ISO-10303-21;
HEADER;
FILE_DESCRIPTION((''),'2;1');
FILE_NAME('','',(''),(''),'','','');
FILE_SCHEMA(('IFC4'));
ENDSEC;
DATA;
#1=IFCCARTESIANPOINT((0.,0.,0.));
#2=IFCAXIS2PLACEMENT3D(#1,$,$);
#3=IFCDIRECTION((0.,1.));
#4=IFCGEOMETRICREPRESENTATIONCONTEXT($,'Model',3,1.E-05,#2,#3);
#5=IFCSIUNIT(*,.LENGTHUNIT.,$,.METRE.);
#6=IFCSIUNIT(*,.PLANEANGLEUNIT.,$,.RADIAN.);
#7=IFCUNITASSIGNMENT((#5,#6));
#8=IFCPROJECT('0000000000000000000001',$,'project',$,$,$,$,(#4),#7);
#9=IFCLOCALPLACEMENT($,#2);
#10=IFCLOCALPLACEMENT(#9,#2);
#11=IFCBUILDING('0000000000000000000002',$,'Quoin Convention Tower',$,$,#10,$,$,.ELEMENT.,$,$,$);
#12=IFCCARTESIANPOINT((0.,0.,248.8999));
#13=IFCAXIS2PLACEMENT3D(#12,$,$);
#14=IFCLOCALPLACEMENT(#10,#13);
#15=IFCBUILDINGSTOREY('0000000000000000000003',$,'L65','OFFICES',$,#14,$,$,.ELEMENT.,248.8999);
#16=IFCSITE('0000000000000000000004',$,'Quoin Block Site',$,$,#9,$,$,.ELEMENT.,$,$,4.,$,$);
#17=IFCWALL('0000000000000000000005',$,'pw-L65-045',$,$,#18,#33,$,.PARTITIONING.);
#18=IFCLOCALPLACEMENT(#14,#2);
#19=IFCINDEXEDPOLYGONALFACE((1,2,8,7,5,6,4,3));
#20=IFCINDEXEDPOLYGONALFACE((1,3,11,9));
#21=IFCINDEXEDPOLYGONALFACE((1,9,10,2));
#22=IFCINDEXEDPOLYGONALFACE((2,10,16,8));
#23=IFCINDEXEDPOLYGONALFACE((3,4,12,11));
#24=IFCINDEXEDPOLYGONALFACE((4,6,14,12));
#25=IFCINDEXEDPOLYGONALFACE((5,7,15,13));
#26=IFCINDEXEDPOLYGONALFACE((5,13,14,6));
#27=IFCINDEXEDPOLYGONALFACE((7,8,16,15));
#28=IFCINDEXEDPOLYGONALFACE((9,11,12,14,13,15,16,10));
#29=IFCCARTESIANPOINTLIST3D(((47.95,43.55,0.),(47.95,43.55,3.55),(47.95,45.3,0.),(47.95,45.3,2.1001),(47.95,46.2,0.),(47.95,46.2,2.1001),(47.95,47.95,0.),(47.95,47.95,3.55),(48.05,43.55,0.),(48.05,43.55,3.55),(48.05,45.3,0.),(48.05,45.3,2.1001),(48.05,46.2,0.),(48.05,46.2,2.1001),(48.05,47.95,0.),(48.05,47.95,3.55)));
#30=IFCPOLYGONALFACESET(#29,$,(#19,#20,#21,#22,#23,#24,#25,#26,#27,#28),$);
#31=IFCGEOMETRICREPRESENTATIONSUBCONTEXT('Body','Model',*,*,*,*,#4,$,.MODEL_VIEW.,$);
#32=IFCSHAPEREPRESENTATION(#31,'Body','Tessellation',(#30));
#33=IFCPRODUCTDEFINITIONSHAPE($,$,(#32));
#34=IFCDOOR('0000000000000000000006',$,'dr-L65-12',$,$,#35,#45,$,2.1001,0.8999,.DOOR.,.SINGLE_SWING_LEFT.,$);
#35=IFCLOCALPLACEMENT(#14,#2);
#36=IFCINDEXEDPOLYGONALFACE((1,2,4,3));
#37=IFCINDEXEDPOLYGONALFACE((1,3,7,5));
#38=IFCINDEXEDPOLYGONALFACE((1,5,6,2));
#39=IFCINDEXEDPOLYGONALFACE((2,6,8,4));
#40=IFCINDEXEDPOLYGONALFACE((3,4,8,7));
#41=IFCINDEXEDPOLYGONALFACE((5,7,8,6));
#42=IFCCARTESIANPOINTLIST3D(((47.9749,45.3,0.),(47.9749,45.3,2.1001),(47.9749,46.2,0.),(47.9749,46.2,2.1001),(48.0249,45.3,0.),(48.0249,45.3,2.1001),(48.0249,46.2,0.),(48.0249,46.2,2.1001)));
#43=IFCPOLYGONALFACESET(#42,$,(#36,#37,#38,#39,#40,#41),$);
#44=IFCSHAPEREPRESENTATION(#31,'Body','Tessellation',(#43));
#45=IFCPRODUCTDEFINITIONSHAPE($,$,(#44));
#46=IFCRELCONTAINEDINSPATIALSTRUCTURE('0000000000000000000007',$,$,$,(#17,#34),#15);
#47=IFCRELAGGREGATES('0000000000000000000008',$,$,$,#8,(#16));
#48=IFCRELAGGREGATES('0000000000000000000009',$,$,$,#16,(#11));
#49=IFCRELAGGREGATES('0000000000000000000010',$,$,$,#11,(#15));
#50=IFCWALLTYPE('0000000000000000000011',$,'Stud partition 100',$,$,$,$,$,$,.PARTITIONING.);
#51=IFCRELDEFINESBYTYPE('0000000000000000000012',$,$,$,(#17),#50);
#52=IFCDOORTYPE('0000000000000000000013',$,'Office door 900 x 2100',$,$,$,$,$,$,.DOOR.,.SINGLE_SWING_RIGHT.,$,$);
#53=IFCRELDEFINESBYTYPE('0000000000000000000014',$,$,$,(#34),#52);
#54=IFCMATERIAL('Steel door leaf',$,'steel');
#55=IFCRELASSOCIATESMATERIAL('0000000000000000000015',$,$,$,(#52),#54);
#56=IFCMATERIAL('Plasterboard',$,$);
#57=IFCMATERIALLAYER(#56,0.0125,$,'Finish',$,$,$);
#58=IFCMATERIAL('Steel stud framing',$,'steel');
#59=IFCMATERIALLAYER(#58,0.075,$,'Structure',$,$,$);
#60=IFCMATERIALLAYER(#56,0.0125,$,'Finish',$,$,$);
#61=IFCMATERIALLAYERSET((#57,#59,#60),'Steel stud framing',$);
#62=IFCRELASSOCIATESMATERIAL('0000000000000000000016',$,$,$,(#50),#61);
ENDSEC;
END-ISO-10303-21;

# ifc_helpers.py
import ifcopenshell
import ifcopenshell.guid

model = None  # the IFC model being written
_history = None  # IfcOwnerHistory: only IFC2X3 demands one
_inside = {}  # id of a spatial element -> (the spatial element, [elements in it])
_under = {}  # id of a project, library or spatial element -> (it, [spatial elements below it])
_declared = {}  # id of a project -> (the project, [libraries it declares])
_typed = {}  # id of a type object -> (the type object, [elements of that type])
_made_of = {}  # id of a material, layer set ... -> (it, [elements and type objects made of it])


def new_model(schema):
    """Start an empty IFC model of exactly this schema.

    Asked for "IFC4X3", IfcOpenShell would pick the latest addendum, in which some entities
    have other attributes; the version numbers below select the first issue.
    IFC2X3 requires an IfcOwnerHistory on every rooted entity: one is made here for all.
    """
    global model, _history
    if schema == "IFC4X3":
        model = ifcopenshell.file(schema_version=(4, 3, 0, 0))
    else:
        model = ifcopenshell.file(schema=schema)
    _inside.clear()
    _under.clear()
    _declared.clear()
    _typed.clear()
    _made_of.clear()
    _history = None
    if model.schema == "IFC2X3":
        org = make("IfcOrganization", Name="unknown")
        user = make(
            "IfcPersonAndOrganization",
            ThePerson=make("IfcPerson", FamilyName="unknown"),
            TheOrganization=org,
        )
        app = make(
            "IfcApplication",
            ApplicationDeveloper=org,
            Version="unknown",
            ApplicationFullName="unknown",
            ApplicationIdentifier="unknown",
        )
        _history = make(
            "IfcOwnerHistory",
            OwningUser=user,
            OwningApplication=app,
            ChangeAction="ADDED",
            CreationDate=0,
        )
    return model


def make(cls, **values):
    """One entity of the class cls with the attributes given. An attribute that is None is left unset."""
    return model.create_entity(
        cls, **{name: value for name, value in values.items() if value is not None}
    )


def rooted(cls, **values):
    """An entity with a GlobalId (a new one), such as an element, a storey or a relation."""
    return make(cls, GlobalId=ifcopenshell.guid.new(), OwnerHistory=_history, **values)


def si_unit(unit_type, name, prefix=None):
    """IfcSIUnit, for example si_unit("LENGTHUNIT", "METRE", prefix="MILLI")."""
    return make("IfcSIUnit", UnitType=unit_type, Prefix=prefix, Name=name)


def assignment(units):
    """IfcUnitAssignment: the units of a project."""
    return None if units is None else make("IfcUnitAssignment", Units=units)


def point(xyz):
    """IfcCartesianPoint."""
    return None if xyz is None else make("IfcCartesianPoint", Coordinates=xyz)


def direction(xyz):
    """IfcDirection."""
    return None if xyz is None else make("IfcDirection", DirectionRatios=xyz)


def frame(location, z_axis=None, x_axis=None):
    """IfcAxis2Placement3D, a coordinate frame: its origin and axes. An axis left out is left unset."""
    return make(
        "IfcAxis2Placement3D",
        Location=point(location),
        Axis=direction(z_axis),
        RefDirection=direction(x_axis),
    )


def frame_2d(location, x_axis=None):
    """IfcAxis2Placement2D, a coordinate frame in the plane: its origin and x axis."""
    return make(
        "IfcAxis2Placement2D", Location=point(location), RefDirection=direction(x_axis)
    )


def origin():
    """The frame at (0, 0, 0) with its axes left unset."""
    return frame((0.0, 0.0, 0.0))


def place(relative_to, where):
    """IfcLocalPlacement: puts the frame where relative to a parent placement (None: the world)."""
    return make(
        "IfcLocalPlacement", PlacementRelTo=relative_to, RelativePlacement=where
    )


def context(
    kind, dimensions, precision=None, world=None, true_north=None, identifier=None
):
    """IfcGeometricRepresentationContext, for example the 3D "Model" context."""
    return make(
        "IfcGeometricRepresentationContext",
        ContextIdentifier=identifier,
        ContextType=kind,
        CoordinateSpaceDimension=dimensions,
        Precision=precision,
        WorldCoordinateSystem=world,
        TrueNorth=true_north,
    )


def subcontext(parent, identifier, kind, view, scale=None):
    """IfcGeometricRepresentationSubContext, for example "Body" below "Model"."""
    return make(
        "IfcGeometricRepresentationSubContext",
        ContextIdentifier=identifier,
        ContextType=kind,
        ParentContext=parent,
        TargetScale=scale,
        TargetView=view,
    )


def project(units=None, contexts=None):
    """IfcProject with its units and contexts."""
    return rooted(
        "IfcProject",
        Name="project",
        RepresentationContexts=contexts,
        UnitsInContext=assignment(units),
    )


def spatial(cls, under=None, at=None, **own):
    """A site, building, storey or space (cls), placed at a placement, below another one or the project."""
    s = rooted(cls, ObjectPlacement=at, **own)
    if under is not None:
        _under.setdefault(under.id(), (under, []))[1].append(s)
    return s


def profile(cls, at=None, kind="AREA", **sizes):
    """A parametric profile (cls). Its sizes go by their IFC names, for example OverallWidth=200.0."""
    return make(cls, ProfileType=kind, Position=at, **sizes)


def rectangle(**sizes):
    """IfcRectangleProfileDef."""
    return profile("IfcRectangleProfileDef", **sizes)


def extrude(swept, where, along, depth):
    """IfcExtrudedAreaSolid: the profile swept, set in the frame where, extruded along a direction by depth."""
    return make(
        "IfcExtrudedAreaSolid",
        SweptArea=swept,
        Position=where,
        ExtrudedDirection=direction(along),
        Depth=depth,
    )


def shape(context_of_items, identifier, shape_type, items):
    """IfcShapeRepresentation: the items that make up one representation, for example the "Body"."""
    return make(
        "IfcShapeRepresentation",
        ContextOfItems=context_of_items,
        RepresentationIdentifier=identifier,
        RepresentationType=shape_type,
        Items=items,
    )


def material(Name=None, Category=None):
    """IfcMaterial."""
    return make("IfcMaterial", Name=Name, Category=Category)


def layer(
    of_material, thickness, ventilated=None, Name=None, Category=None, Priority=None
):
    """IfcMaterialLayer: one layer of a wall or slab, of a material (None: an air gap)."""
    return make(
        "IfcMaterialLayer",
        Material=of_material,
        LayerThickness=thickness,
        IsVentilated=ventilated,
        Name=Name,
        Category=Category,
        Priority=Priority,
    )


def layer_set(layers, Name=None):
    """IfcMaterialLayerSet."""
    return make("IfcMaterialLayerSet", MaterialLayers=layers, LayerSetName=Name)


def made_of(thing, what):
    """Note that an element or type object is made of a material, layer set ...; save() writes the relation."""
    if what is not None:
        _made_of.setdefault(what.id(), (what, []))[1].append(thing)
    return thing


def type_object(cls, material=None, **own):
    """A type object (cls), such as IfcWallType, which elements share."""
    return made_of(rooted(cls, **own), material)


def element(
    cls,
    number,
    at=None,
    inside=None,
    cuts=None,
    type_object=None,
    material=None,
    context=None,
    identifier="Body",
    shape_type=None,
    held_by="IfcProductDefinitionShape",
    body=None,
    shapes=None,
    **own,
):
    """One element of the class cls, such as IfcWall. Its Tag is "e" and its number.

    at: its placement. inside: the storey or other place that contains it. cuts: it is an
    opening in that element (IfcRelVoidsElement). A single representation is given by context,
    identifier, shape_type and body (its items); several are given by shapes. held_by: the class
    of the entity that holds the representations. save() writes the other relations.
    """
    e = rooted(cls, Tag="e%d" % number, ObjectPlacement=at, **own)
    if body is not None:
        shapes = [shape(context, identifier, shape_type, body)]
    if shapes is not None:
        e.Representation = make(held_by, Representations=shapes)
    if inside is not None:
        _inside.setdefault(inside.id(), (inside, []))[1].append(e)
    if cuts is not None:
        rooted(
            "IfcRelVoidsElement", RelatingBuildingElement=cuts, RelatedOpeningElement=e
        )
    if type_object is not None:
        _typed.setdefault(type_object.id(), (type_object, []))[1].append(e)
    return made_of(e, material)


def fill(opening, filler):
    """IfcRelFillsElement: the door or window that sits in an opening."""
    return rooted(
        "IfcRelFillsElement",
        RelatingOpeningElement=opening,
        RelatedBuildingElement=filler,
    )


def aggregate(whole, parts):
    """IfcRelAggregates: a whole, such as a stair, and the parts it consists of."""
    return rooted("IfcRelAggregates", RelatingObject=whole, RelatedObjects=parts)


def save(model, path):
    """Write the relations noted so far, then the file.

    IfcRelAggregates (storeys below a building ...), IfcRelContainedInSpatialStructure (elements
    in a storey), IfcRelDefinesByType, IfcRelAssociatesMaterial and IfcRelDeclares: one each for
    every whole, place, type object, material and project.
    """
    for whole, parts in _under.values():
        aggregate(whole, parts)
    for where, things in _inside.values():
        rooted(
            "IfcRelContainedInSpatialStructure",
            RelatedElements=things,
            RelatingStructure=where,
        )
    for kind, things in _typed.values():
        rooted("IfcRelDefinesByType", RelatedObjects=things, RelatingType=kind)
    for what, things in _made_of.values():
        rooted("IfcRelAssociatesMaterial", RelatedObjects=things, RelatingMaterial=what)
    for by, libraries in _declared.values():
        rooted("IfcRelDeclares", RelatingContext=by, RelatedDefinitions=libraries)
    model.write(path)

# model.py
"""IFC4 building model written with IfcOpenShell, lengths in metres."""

from ifc_helpers import new_model, si_unit, direction, frame, frame_2d, origin, place, context, subcontext, project, spatial, rectangle, extrude, material, layer, layer_set, type_object, element, fill, save


model = new_model("IFC4")

# Units and contexts
model_context = context("Model", 3, precision=1e-05, world=origin(), true_north=direction((0.0, 1.0)))
body_context = subcontext(model_context, "Body", "Model", "MODEL_VIEW")
ifc_project = project(units=[si_unit("LENGTHUNIT", "METRE"), si_unit("PLANEANGLEUNIT", "RADIAN")], contexts=[model_context])

# Site, building, storey
site_placement = place(None, origin())
site = spatial("IfcSite", under=ifc_project, at=site_placement, Name="Quoin Block Site", CompositionType="ELEMENT", RefElevation=4.0)
building_placement = place(site_placement, origin())
building = spatial("IfcBuilding", under=site, at=building_placement, Name="Quoin Convention Tower", CompositionType="ELEMENT")
storey_placement = place(building_placement, frame((0.0, 0.0, 248.8999)))
storey = spatial("IfcBuildingStorey", under=building, at=storey_placement, Name="L65", Description="OFFICES", CompositionType="ELEMENT", Elevation=248.8999)

# Shared definitions
ifc_material_1 = material(Name="Plasterboard")
ifc_material_2 = material(Name="Steel stud framing", Category="steel")
ifc_material_3 = material(Name="Steel door leaf", Category="steel")
door_type_1 = type_object("IfcDoorType", Name="Office door 900 x 2100", OperationType="SINGLE_SWING_RIGHT", PredefinedType="DOOR", material=ifc_material_3)

# Wall, opening, door
ifc_layer_1 = layer(ifc_material_1, 0.0125, Name="Finish")
ifc_layer_2 = layer(ifc_material_2, 0.075, Name="Structure")
ifc_layer_3 = layer(ifc_material_1, 0.0125, Name="Finish")
ifc_layer_set_1 = layer_set([ifc_layer_1, ifc_layer_2, ifc_layer_3], Name="Steel stud framing")
wall_type_1 = type_object("IfcWallType", Name="Stud partition 100", PredefinedType="PARTITIONING", material=ifc_layer_set_1)
wall_1_placement = place(storey_placement, frame((48.0, 43.55, 0.0), z_axis=(0.0, 0.0, 1.0), x_axis=(0.0, 1.0, 0.0)))
wall_1 = element("IfcWall", 1, at=wall_1_placement, inside=storey, type_object=wall_type_1, Name="pw-L65-045", PredefinedType="PARTITIONING", context=body_context, shape_type="SweptSolid", body=[
    extrude(rectangle(XDim=4.3999, YDim=0.1001, at=frame_2d((2.2, 0.0))), origin(), (0.0, 0.0, 1.0), 3.55),
])
opening_1_placement = place(wall_1_placement, frame((1.75, 0.0, 0.0)))
opening_1 = element("IfcOpeningElement", 2, at=opening_1_placement, cuts=wall_1, PredefinedType="OPENING", context=body_context, shape_type="SweptSolid", body=[
    extrude(rectangle(XDim=0.8999, YDim=2.1001, at=frame_2d((0.45, 1.05))), frame((0.0, 0.0601, 0.0), z_axis=(0.0, -1.0, 0.0), x_axis=(1.0, 0.0, 0.0)), (0.0, 0.0, 1.0), 0.1201),
])
door_1_placement = place(opening_1_placement, frame((0.8999, 0.0, 0.0), z_axis=(0.0, 0.0, 1.0), x_axis=(-1.0, 0.0, 0.0)))
door_1 = element("IfcDoor", 3, at=door_1_placement, inside=storey, type_object=door_type_1, Name="dr-L65-12", OperationType="SINGLE_SWING_LEFT", OverallHeight=2.1001, OverallWidth=0.8999, PredefinedType="DOOR", context=body_context, shape_type="SweptSolid", body=[
    extrude(rectangle(XDim=0.8999, YDim=2.1001, at=frame_2d((0.45, 1.05))), frame((0.0, 0.0249, 0.0), z_axis=(0.0, -1.0, 0.0), x_axis=(1.0, 0.0, 0.0)), (0.0, 0.0, 1.0), 0.05),
])
fill(opening_1, door_1)

save(model, "model.ifc")
